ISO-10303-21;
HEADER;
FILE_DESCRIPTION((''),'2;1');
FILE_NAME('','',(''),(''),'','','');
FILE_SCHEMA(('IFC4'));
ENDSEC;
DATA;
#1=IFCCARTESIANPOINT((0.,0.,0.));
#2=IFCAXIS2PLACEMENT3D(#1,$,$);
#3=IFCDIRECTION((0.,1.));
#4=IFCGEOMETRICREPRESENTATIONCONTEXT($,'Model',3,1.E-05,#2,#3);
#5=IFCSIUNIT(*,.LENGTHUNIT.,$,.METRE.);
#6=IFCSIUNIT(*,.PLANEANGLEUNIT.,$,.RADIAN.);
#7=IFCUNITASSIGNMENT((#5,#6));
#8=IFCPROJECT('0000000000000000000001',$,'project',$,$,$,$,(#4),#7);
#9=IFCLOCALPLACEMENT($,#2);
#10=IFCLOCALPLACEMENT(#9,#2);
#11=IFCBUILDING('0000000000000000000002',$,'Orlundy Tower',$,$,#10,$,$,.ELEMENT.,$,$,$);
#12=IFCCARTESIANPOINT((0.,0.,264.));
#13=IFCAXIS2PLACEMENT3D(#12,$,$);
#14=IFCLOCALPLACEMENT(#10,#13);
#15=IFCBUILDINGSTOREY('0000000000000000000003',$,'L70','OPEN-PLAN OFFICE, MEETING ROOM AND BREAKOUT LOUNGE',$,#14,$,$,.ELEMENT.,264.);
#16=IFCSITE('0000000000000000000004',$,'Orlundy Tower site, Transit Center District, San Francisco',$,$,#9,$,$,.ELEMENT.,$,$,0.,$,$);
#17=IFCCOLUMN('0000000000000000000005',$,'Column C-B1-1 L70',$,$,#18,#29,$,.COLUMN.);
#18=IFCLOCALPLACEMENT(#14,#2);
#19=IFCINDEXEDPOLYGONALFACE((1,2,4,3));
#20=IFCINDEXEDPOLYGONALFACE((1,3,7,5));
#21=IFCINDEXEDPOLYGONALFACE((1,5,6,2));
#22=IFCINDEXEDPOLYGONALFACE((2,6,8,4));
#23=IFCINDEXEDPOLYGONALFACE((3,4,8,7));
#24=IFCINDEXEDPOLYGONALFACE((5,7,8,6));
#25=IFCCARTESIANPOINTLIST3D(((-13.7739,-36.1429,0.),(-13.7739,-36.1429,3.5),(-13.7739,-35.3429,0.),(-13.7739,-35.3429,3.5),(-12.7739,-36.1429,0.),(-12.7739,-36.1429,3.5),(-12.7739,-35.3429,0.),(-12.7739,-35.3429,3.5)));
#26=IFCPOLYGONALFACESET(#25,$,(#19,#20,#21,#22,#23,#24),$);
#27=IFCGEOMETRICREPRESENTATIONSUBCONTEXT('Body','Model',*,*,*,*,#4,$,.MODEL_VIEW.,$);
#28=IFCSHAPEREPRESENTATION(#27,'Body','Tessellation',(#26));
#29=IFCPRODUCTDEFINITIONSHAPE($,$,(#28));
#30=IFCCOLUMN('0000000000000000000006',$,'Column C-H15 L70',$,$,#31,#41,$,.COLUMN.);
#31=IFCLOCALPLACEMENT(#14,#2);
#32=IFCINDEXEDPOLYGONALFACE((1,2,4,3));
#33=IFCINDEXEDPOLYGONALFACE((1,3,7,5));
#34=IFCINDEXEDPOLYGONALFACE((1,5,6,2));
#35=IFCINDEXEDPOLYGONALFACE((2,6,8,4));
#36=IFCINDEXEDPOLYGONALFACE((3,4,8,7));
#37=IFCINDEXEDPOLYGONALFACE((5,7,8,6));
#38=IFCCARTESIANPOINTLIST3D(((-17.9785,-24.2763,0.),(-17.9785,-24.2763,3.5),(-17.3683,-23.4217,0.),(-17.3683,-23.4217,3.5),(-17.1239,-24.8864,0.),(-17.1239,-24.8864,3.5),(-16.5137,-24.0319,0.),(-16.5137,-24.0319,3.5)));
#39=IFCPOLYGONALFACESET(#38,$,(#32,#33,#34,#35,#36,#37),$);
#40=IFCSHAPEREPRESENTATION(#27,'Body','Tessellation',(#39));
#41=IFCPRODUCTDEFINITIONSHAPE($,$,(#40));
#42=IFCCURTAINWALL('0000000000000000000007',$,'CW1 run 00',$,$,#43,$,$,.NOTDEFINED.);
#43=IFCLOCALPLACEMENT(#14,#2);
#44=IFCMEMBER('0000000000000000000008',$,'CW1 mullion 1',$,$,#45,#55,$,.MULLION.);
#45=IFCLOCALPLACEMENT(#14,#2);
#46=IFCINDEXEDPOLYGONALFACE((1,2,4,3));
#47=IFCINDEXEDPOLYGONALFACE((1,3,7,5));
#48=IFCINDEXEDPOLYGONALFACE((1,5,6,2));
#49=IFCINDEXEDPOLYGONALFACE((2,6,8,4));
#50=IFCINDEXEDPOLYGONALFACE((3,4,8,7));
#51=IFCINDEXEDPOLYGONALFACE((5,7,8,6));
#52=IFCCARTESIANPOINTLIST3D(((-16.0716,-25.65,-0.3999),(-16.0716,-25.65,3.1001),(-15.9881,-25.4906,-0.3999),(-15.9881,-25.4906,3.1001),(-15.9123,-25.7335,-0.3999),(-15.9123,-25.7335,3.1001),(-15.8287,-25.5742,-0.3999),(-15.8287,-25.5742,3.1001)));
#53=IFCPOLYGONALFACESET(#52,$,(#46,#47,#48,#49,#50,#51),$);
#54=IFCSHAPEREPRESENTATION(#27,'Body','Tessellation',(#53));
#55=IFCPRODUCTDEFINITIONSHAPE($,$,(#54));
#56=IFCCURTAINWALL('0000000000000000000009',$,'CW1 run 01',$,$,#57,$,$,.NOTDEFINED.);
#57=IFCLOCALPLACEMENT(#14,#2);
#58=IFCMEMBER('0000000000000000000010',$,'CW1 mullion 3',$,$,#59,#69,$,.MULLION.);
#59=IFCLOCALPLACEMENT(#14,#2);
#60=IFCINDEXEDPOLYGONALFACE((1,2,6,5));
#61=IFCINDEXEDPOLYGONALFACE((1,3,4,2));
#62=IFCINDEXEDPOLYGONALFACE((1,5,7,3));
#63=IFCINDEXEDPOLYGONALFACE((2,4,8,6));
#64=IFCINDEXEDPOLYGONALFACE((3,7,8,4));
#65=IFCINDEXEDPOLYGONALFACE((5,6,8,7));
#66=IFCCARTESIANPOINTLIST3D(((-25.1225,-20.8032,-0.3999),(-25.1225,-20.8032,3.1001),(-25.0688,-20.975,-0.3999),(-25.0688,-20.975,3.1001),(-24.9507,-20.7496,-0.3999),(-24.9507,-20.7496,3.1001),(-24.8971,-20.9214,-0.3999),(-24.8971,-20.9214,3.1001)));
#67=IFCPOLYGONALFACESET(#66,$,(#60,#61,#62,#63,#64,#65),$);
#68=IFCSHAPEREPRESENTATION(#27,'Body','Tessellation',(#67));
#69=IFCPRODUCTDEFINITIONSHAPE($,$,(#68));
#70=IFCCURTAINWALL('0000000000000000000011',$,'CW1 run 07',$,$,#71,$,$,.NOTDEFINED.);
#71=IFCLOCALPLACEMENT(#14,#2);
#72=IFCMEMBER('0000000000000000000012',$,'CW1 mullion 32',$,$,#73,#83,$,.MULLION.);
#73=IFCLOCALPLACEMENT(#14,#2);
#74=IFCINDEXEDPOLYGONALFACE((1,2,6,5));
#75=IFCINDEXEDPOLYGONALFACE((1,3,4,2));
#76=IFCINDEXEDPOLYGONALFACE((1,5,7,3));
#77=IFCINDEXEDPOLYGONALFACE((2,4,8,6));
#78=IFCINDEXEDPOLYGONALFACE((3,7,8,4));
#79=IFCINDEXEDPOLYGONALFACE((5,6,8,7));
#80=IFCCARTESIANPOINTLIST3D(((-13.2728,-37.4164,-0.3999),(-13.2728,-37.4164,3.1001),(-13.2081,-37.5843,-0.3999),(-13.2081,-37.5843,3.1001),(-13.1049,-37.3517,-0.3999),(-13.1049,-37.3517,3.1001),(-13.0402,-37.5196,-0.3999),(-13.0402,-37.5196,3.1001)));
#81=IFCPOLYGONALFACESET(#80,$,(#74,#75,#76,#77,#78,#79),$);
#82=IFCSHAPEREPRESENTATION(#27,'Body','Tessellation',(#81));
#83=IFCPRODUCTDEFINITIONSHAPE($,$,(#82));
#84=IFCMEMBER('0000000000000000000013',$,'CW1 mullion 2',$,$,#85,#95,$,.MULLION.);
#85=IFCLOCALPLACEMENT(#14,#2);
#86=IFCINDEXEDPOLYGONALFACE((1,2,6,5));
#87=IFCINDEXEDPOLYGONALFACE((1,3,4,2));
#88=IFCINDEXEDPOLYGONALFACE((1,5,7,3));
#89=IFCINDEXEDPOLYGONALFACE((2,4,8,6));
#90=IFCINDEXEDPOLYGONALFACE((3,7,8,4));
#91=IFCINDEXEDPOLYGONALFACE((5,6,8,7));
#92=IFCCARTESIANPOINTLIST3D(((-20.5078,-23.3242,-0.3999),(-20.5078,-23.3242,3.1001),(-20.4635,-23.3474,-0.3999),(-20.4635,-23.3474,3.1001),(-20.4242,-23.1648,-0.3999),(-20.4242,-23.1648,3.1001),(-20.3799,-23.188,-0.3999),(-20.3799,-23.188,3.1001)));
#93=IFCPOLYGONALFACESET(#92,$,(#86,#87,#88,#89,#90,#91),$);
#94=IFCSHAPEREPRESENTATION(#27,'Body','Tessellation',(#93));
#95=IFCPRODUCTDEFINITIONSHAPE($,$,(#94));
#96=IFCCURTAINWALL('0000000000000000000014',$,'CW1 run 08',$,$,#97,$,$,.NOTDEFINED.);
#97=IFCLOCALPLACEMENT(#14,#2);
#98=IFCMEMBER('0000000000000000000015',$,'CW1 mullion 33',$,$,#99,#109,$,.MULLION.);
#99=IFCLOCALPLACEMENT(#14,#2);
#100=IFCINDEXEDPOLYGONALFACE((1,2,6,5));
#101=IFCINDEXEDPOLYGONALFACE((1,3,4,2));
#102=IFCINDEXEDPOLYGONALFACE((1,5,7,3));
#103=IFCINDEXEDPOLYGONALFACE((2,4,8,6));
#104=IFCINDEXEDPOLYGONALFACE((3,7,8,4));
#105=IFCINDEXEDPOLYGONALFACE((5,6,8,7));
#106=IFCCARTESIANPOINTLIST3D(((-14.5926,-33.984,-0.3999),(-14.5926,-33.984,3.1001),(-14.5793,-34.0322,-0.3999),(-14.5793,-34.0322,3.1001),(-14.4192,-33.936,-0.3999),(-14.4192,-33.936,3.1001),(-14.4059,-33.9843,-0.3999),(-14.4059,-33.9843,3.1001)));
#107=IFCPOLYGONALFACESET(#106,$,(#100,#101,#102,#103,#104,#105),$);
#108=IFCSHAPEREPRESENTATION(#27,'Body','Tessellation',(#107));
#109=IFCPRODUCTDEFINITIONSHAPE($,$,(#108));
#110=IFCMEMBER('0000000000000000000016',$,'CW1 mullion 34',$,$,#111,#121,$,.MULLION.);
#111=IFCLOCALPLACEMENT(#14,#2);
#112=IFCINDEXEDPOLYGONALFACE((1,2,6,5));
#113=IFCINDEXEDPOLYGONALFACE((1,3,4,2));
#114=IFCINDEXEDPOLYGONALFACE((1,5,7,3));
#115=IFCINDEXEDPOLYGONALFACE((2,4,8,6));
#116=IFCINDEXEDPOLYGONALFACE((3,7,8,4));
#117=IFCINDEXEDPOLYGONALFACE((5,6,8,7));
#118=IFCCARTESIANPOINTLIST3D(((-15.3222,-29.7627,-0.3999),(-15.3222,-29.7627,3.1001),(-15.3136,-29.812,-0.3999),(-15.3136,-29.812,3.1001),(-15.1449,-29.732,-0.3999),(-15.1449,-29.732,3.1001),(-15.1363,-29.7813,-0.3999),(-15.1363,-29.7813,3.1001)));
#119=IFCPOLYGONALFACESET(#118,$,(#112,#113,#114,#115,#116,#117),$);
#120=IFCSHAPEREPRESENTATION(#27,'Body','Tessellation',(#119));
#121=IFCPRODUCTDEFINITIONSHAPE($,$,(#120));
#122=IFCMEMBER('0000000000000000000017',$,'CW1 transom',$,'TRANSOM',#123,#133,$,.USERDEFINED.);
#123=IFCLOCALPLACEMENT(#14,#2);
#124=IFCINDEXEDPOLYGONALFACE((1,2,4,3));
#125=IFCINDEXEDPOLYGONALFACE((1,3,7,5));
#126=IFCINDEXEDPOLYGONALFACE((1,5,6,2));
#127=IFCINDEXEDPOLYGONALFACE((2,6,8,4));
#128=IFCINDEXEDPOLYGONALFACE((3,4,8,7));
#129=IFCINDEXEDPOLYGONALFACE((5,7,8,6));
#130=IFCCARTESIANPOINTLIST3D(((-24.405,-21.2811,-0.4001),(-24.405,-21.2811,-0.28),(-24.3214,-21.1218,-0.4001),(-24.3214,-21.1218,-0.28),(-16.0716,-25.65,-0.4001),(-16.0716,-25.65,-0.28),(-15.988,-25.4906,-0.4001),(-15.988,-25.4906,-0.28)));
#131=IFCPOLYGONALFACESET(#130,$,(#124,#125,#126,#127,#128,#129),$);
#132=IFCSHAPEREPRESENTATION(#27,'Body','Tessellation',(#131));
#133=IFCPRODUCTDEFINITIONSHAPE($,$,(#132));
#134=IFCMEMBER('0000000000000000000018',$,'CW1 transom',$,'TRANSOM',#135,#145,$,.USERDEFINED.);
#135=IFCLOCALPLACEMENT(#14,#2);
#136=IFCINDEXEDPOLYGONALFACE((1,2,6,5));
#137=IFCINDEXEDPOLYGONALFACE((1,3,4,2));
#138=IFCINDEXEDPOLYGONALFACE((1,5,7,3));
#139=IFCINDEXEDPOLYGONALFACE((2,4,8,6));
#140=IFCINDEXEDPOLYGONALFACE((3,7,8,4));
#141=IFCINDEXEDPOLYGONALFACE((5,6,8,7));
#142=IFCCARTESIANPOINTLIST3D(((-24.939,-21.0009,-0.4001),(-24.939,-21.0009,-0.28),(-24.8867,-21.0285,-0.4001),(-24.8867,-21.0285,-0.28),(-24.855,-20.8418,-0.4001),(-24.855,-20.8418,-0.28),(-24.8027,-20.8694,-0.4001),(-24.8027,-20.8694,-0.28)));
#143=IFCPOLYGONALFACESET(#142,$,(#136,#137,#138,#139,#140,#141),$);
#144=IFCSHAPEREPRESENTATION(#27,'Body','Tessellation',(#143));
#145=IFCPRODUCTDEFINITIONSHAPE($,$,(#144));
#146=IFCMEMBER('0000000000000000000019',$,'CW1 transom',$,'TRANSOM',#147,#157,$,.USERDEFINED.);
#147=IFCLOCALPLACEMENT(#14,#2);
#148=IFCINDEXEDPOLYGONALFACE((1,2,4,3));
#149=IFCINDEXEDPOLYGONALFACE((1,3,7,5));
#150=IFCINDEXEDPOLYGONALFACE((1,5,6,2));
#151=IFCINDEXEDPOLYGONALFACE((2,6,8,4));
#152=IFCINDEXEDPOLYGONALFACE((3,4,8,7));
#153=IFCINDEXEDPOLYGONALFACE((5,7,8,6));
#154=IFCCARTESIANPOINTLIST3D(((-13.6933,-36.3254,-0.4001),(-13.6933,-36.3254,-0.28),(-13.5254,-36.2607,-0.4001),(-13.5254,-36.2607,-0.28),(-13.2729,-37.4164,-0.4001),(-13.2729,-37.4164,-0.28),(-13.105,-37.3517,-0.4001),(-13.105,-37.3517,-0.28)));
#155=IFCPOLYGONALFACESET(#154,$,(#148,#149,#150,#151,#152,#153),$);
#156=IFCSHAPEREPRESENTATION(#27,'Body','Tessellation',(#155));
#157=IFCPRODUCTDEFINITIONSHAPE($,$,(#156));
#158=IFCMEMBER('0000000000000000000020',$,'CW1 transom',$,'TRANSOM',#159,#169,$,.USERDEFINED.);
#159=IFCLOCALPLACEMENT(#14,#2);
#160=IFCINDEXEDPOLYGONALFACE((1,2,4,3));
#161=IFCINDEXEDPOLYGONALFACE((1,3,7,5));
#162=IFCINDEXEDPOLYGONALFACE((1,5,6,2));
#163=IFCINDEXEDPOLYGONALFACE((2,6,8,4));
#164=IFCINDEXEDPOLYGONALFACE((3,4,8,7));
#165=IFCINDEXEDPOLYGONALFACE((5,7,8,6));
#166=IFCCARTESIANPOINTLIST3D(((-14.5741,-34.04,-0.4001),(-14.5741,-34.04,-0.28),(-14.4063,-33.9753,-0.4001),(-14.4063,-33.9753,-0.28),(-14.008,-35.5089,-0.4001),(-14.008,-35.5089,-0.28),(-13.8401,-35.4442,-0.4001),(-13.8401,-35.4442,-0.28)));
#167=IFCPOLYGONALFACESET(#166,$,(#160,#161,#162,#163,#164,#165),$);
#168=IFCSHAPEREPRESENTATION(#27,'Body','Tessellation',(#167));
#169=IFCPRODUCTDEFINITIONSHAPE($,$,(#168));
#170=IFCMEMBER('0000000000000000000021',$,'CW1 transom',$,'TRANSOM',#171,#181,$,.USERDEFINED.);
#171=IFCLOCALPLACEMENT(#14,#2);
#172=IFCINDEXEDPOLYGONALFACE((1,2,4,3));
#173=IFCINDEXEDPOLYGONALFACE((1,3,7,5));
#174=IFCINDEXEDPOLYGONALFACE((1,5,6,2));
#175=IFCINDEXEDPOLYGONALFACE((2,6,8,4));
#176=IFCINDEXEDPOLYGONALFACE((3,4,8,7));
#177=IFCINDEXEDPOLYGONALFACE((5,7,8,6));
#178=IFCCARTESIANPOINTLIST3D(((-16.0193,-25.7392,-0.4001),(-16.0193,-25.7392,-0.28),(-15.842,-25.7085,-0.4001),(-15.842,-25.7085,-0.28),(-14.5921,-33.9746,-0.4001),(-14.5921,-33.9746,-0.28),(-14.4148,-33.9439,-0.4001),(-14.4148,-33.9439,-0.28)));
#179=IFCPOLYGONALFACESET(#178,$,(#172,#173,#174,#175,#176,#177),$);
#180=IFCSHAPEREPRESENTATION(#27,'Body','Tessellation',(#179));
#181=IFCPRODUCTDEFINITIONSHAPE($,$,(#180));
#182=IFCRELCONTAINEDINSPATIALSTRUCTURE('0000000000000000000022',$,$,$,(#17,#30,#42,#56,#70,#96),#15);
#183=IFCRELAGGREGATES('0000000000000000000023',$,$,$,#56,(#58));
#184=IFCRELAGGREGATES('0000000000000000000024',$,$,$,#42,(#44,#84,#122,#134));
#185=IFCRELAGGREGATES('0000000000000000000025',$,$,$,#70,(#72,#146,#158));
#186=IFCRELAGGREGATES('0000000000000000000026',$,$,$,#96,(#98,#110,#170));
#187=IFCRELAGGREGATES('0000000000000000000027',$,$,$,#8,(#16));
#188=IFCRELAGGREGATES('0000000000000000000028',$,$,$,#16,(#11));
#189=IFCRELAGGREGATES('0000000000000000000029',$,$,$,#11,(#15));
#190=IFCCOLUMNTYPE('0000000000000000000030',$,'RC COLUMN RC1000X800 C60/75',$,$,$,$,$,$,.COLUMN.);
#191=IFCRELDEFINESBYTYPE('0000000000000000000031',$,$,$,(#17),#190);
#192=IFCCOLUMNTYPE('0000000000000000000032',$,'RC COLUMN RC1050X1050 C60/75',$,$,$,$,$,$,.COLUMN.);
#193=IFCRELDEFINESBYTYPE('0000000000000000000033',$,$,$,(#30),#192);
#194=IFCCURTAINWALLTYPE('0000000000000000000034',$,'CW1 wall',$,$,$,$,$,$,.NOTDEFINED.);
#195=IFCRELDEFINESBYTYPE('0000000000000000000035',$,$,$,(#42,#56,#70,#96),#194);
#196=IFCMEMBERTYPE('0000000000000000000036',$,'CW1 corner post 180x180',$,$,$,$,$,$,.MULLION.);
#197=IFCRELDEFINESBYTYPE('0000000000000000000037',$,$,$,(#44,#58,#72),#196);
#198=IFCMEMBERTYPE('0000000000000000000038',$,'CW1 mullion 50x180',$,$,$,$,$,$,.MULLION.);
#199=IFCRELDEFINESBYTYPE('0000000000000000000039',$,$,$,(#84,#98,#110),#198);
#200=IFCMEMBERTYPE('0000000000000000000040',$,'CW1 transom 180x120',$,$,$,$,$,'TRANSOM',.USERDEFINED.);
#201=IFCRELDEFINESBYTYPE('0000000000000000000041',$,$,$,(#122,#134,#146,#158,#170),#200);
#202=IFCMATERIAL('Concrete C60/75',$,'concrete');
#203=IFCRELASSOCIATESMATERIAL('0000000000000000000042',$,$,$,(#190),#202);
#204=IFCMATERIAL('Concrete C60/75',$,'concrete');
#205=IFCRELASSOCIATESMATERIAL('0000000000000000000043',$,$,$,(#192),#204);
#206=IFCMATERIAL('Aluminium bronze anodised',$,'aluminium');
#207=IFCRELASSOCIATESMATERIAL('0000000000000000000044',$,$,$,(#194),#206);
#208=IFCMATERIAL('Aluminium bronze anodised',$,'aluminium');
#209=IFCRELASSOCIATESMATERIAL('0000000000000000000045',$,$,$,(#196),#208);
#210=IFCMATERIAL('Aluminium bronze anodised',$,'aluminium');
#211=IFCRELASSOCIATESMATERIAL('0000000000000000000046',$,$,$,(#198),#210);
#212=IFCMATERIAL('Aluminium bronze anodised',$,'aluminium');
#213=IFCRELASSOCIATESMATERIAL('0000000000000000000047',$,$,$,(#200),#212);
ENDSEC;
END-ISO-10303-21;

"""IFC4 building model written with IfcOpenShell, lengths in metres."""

from ifc_helpers import new_model, si_unit, direction, frame, origin, origin_2d, place, context, subcontext, project, spatial, rectangle, extrude, material, material_profile, profile_set, type_object, element, aggregate, save


model = new_model("IFC4")

# Units and contexts
model_context = context("Model", 3, precision=1e-05, world=origin(), true_north=direction((0.0, 1.0)))
body_context = subcontext(model_context, "Body", "Model", "MODEL_VIEW")
ifc_project = project(units=[si_unit("LENGTHUNIT", "METRE"), si_unit("PLANEANGLEUNIT", "RADIAN")], contexts=[model_context])

# Site, building, storey
site_placement = place(None, origin())
site = spatial("IfcSite", under=ifc_project, at=site_placement, Name="Orlundy Tower site, Transit Center District, San Francisco", CompositionType="ELEMENT", RefElevation=0.0)
building_placement = place(site_placement, origin())
building = spatial("IfcBuilding", under=site, at=building_placement, Name="Orlundy Tower", CompositionType="ELEMENT")
storey_placement = place(building_placement, frame((0.0, 0.0, 264.0)))
storey = spatial("IfcBuildingStorey", under=building, at=storey_placement, Name="L70", Description="OPEN-PLAN OFFICE, MEETING ROOM AND BREAKOUT LOUNGE", CompositionType="ELEMENT", Elevation=264.0)

# Columns
ifc_material_1 = material(Name="Concrete C60/75", Category="concrete")
ifc_material_profile_1 = material_profile(ifc_material_1, rectangle(XDim=1.0, YDim=0.8, at=origin_2d()), Name="RC1000X800")
ifc_profile_set_1 = profile_set([ifc_material_profile_1], Name="Concrete C60/75")
column_type_1 = type_object("IfcColumnType", Name="RC COLUMN RC1000X800 C60/75", PredefinedType="COLUMN", material=ifc_profile_set_1)
column_1_placement = place(storey_placement, frame((-13.2739, -35.7429, 0.0), z_axis=(0.0, 0.0, 1.0), x_axis=(1.0, 0.0, 0.0)))
element("IfcColumn", 1, at=column_1_placement, inside=storey, type_object=column_type_1, Name="Column C-B1-1 L70", PredefinedType="COLUMN", context=body_context, shape_type="SweptSolid", body=[
    extrude(rectangle(XDim=1.0, YDim=0.8, at=origin_2d()), origin(), (0.0, 0.0, 1.0), 3.5),
])
ifc_material_2 = material(Name="Concrete C60/75", Category="concrete")
ifc_material_profile_2 = material_profile(ifc_material_2, rectangle(XDim=1.05, YDim=1.05, at=origin_2d()), Name="RC1050X1050")
ifc_profile_set_2 = profile_set([ifc_material_profile_2], Name="Concrete C60/75")
column_type_2 = type_object("IfcColumnType", Name="RC COLUMN RC1050X1050 C60/75", PredefinedType="COLUMN", material=ifc_profile_set_2)
column_2_placement = place(storey_placement, frame((-17.2461, -24.1541, 0.0), z_axis=(0.0, 0.0, 1.0), x_axis=(-0.581087, -0.813842, 0.0)))
element("IfcColumn", 2, at=column_2_placement, inside=storey, type_object=column_type_2, Name="Column C-H15 L70", PredefinedType="COLUMN", context=body_context, shape_type="SweptSolid", body=[
    extrude(rectangle(XDim=1.05, YDim=1.05, at=origin_2d()), origin(), (0.0, 0.0, 1.0), 3.5),
])

# Curtain walls, members
ifc_material_3 = material(Name="Aluminium bronze anodised", Category="aluminium")
curtain_wall_type = type_object("IfcCurtainWallType", Name="CW1 wall", PredefinedType="NOTDEFINED", material=ifc_material_3)
curtain_wall_1_placement = place(storey_placement, origin())
curtain_wall_1 = element("IfcCurtainWall", 3, at=curtain_wall_1_placement, inside=storey, type_object=curtain_wall_type, Name="CW1 run 00", PredefinedType="NOTDEFINED")
ifc_material_4 = material(Name="Aluminium bronze anodised", Category="aluminium")
ifc_material_profile_3 = material_profile(ifc_material_4, rectangle(XDim=0.1799, YDim=0.1799, at=origin_2d()), Name="CW1 corner post 180x180")
ifc_profile_set_3 = profile_set([ifc_material_profile_3], Name="Aluminium bronze anodised")
member_type_1 = type_object("IfcMemberType", Name="CW1 corner post 180x180", PredefinedType="MULLION", material=ifc_profile_set_3)
member_1_placement = place(storey_placement, frame((-15.9502, -25.6121, -0.3999), z_axis=(0.0, 0.0, 1.0), x_axis=(-0.464325, -0.885665, 0.0)))
member_1 = element("IfcMember", 4, at=member_1_placement, type_object=member_type_1, Name="CW1 mullion 1", PredefinedType="MULLION", context=body_context, shape_type="SweptSolid", body=[
    extrude(rectangle(XDim=0.1799, YDim=0.1799, at=origin_2d()), origin(), (0.0, 0.0, 1.0), 3.5),
])
curtain_wall_2_placement = place(storey_placement, origin())
curtain_wall_2 = element("IfcCurtainWall", 5, at=curtain_wall_2_placement, inside=storey, type_object=curtain_wall_type, Name="CW1 run 01", PredefinedType="NOTDEFINED")
member_2_placement = place(storey_placement, frame((-25.0098, -20.8623, -0.3999), z_axis=(0.0, 0.0, 1.0), x_axis=(-0.95458, -0.297954, 0.0)))
member_2 = element("IfcMember", 6, at=member_2_placement, type_object=member_type_1, Name="CW1 mullion 3", PredefinedType="MULLION", context=body_context, shape_type="SweptSolid", body=[
    extrude(rectangle(XDim=0.1799, YDim=0.1799, at=origin_2d()), origin(), (0.0, 0.0, 1.0), 3.5),
])
aggregate(curtain_wall_2, [member_2])
curtain_wall_3_placement = place(storey_placement, origin())
curtain_wall_3 = element("IfcCurtainWall", 7, at=curtain_wall_3_placement, inside=storey, type_object=curtain_wall_type, Name="CW1 run 07", PredefinedType="NOTDEFINED")
member_3_placement = place(storey_placement, frame((-13.1565, -37.468, -0.3999), z_axis=(0.0, 0.0, 1.0), x_axis=(-0.933109, -0.359594, 0.0)))
member_3 = element("IfcMember", 8, at=member_3_placement, type_object=member_type_1, Name="CW1 mullion 32", PredefinedType="MULLION", context=body_context, shape_type="SweptSolid", body=[
    extrude(rectangle(XDim=0.1799, YDim=0.1799, at=origin_2d()), origin(), (0.0, 0.0, 1.0), 3.5),
])

# Member
ifc_material_5 = material(Name="Aluminium bronze anodised", Category="aluminium")
ifc_material_profile_4 = material_profile(ifc_material_5, rectangle(XDim=0.1799, YDim=0.05, at=origin_2d()), Name="CW1 mullion 50x180")
ifc_profile_set_4 = profile_set([ifc_material_profile_4], Name="Aluminium bronze anodised")
member_type_2 = type_object("IfcMemberType", Name="CW1 mullion 50x180", PredefinedType="MULLION", material=ifc_profile_set_4)
member_4_placement = place(storey_placement, frame((-20.4438, -23.2561, -0.3999), z_axis=(0.0, 0.0, 1.0), x_axis=(-0.464325, -0.885665, 0.0)))
member_4 = element("IfcMember", 9, at=member_4_placement, type_object=member_type_2, Name="CW1 mullion 2", PredefinedType="MULLION", context=body_context, shape_type="SweptSolid", body=[
    extrude(rectangle(XDim=0.1799, YDim=0.05, at=origin_2d()), origin(), (0.0, 0.0, 1.0), 3.5),
])

# Curtain wall, members
curtain_wall_4_placement = place(storey_placement, origin())
curtain_wall_4 = element("IfcCurtainWall", 10, at=curtain_wall_4_placement, inside=storey, type_object=curtain_wall_type, Name="CW1 run 08", PredefinedType="NOTDEFINED")
member_5_placement = place(storey_placement, frame((-14.4993, -33.9841, -0.3999), z_axis=(0.0, 0.0, 1.0), x_axis=(-0.963846, -0.26646, 0.0)))
member_5 = element("IfcMember", 11, at=member_5_placement, type_object=member_type_2, Name="CW1 mullion 33", PredefinedType="MULLION", context=body_context, shape_type="SweptSolid", body=[
    extrude(rectangle(XDim=0.1799, YDim=0.05, at=origin_2d()), origin(), (0.0, 0.0, 1.0), 3.5),
])
member_6_placement = place(storey_placement, frame((-15.2292, -29.772, -0.3999), z_axis=(0.0, 0.0, 1.0), x_axis=(-0.985312, -0.170762, 0.0)))
member_6 = element("IfcMember", 12, at=member_6_placement, type_object=member_type_2, Name="CW1 mullion 34", PredefinedType="MULLION", context=body_context, shape_type="SweptSolid", body=[
    extrude(rectangle(XDim=0.1799, YDim=0.05, at=origin_2d()), origin(), (0.0, 0.0, 1.0), 3.5),
])

# Members
ifc_material_6 = material(Name="Aluminium bronze anodised", Category="aluminium")
ifc_material_profile_5 = material_profile(ifc_material_6, rectangle(XDim=0.1799, YDim=0.1201, at=origin_2d()), Name="CW1 transom 180x120")
ifc_profile_set_5 = profile_set([ifc_material_profile_5], Name="Aluminium bronze anodised")
member_type_3 = type_object("IfcMemberType", Name="CW1 transom 180x120", ElementType="TRANSOM", PredefinedType="USERDEFINED", material=ifc_profile_set_5)
member_7_placement = place(storey_placement, frame((-16.0298, -25.5703, -0.3401), z_axis=(-0.885668, 0.464318, 0.0), x_axis=(-0.464318, -0.885668, 0.0)))
member_7 = element("IfcMember", 13, at=member_7_placement, type_object=member_type_3, Name="CW1 transom", ObjectType="TRANSOM", PredefinedType="USERDEFINED", context=body_context, shape_type="SweptSolid", body=[
    extrude(rectangle(XDim=0.1799, YDim=0.1201, at=origin_2d()), origin(), (0.0, 0.0, 1.0), 9.4092),
])
member_8_placement = place(storey_placement, frame((-24.8447, -20.949, -0.3401), z_axis=(-0.88429, 0.466938, 0.0), x_axis=(-0.466938, -0.88429, 0.0)))
member_8 = element("IfcMember", 14, at=member_8_placement, type_object=member_type_3, Name="CW1 transom", ObjectType="TRANSOM", PredefinedType="USERDEFINED", context=body_context, shape_type="SweptSolid", body=[
    extrude(rectangle(XDim=0.1799, YDim=0.1201, at=origin_2d()), origin(), (0.0, 0.0, 1.0), 0.0591),
])
member_9_placement = place(storey_placement, frame((-13.189, -37.384, -0.3401), z_axis=(-0.359553, 0.933125, 0.0), x_axis=(-0.933125, -0.359553, 0.0)))
member_9 = element("IfcMember", 15, at=member_9_placement, type_object=member_type_3, Name="CW1 transom", ObjectType="TRANSOM", PredefinedType="USERDEFINED", context=body_context, shape_type="SweptSolid", body=[
    extrude(rectangle(XDim=0.1799, YDim=0.1201, at=origin_2d()), origin(), (0.0, 0.0, 1.0), 1.1692),
])
member_10_placement = place(storey_placement, frame((-13.9241, -35.4766, -0.3401), z_axis=(-0.359623, 0.933098, 0.0), x_axis=(-0.933098, -0.359623, 0.0)))
member_10 = element("IfcMember", 16, at=member_10_placement, type_object=member_type_3, Name="CW1 transom", ObjectType="TRANSOM", PredefinedType="USERDEFINED", context=body_context, shape_type="SweptSolid", body=[
    extrude(rectangle(XDim=0.1799, YDim=0.1201, at=origin_2d()), origin(), (0.0, 0.0, 1.0), 1.5742),
])
member_11_placement = place(storey_placement, frame((-14.5034, -33.9592, -0.3401), z_axis=(-0.170762, 0.985312, 0.0), x_axis=(-0.985312, -0.170762, 0.0)))
member_11 = element("IfcMember", 17, at=member_11_placement, type_object=member_type_3, Name="CW1 transom", ObjectType="TRANSOM", PredefinedType="USERDEFINED", context=body_context, shape_type="SweptSolid", body=[
    extrude(rectangle(XDim=0.1799, YDim=0.1201, at=origin_2d()), origin(), (0.0, 0.0, 1.0), 8.3582),
])

aggregate(curtain_wall_1, [member_1, member_4, member_7, member_8])

aggregate(curtain_wall_3, [member_3, member_9, member_10])
aggregate(curtain_wall_4, [member_5, member_6, member_11])

save(model, "model.ifc")
